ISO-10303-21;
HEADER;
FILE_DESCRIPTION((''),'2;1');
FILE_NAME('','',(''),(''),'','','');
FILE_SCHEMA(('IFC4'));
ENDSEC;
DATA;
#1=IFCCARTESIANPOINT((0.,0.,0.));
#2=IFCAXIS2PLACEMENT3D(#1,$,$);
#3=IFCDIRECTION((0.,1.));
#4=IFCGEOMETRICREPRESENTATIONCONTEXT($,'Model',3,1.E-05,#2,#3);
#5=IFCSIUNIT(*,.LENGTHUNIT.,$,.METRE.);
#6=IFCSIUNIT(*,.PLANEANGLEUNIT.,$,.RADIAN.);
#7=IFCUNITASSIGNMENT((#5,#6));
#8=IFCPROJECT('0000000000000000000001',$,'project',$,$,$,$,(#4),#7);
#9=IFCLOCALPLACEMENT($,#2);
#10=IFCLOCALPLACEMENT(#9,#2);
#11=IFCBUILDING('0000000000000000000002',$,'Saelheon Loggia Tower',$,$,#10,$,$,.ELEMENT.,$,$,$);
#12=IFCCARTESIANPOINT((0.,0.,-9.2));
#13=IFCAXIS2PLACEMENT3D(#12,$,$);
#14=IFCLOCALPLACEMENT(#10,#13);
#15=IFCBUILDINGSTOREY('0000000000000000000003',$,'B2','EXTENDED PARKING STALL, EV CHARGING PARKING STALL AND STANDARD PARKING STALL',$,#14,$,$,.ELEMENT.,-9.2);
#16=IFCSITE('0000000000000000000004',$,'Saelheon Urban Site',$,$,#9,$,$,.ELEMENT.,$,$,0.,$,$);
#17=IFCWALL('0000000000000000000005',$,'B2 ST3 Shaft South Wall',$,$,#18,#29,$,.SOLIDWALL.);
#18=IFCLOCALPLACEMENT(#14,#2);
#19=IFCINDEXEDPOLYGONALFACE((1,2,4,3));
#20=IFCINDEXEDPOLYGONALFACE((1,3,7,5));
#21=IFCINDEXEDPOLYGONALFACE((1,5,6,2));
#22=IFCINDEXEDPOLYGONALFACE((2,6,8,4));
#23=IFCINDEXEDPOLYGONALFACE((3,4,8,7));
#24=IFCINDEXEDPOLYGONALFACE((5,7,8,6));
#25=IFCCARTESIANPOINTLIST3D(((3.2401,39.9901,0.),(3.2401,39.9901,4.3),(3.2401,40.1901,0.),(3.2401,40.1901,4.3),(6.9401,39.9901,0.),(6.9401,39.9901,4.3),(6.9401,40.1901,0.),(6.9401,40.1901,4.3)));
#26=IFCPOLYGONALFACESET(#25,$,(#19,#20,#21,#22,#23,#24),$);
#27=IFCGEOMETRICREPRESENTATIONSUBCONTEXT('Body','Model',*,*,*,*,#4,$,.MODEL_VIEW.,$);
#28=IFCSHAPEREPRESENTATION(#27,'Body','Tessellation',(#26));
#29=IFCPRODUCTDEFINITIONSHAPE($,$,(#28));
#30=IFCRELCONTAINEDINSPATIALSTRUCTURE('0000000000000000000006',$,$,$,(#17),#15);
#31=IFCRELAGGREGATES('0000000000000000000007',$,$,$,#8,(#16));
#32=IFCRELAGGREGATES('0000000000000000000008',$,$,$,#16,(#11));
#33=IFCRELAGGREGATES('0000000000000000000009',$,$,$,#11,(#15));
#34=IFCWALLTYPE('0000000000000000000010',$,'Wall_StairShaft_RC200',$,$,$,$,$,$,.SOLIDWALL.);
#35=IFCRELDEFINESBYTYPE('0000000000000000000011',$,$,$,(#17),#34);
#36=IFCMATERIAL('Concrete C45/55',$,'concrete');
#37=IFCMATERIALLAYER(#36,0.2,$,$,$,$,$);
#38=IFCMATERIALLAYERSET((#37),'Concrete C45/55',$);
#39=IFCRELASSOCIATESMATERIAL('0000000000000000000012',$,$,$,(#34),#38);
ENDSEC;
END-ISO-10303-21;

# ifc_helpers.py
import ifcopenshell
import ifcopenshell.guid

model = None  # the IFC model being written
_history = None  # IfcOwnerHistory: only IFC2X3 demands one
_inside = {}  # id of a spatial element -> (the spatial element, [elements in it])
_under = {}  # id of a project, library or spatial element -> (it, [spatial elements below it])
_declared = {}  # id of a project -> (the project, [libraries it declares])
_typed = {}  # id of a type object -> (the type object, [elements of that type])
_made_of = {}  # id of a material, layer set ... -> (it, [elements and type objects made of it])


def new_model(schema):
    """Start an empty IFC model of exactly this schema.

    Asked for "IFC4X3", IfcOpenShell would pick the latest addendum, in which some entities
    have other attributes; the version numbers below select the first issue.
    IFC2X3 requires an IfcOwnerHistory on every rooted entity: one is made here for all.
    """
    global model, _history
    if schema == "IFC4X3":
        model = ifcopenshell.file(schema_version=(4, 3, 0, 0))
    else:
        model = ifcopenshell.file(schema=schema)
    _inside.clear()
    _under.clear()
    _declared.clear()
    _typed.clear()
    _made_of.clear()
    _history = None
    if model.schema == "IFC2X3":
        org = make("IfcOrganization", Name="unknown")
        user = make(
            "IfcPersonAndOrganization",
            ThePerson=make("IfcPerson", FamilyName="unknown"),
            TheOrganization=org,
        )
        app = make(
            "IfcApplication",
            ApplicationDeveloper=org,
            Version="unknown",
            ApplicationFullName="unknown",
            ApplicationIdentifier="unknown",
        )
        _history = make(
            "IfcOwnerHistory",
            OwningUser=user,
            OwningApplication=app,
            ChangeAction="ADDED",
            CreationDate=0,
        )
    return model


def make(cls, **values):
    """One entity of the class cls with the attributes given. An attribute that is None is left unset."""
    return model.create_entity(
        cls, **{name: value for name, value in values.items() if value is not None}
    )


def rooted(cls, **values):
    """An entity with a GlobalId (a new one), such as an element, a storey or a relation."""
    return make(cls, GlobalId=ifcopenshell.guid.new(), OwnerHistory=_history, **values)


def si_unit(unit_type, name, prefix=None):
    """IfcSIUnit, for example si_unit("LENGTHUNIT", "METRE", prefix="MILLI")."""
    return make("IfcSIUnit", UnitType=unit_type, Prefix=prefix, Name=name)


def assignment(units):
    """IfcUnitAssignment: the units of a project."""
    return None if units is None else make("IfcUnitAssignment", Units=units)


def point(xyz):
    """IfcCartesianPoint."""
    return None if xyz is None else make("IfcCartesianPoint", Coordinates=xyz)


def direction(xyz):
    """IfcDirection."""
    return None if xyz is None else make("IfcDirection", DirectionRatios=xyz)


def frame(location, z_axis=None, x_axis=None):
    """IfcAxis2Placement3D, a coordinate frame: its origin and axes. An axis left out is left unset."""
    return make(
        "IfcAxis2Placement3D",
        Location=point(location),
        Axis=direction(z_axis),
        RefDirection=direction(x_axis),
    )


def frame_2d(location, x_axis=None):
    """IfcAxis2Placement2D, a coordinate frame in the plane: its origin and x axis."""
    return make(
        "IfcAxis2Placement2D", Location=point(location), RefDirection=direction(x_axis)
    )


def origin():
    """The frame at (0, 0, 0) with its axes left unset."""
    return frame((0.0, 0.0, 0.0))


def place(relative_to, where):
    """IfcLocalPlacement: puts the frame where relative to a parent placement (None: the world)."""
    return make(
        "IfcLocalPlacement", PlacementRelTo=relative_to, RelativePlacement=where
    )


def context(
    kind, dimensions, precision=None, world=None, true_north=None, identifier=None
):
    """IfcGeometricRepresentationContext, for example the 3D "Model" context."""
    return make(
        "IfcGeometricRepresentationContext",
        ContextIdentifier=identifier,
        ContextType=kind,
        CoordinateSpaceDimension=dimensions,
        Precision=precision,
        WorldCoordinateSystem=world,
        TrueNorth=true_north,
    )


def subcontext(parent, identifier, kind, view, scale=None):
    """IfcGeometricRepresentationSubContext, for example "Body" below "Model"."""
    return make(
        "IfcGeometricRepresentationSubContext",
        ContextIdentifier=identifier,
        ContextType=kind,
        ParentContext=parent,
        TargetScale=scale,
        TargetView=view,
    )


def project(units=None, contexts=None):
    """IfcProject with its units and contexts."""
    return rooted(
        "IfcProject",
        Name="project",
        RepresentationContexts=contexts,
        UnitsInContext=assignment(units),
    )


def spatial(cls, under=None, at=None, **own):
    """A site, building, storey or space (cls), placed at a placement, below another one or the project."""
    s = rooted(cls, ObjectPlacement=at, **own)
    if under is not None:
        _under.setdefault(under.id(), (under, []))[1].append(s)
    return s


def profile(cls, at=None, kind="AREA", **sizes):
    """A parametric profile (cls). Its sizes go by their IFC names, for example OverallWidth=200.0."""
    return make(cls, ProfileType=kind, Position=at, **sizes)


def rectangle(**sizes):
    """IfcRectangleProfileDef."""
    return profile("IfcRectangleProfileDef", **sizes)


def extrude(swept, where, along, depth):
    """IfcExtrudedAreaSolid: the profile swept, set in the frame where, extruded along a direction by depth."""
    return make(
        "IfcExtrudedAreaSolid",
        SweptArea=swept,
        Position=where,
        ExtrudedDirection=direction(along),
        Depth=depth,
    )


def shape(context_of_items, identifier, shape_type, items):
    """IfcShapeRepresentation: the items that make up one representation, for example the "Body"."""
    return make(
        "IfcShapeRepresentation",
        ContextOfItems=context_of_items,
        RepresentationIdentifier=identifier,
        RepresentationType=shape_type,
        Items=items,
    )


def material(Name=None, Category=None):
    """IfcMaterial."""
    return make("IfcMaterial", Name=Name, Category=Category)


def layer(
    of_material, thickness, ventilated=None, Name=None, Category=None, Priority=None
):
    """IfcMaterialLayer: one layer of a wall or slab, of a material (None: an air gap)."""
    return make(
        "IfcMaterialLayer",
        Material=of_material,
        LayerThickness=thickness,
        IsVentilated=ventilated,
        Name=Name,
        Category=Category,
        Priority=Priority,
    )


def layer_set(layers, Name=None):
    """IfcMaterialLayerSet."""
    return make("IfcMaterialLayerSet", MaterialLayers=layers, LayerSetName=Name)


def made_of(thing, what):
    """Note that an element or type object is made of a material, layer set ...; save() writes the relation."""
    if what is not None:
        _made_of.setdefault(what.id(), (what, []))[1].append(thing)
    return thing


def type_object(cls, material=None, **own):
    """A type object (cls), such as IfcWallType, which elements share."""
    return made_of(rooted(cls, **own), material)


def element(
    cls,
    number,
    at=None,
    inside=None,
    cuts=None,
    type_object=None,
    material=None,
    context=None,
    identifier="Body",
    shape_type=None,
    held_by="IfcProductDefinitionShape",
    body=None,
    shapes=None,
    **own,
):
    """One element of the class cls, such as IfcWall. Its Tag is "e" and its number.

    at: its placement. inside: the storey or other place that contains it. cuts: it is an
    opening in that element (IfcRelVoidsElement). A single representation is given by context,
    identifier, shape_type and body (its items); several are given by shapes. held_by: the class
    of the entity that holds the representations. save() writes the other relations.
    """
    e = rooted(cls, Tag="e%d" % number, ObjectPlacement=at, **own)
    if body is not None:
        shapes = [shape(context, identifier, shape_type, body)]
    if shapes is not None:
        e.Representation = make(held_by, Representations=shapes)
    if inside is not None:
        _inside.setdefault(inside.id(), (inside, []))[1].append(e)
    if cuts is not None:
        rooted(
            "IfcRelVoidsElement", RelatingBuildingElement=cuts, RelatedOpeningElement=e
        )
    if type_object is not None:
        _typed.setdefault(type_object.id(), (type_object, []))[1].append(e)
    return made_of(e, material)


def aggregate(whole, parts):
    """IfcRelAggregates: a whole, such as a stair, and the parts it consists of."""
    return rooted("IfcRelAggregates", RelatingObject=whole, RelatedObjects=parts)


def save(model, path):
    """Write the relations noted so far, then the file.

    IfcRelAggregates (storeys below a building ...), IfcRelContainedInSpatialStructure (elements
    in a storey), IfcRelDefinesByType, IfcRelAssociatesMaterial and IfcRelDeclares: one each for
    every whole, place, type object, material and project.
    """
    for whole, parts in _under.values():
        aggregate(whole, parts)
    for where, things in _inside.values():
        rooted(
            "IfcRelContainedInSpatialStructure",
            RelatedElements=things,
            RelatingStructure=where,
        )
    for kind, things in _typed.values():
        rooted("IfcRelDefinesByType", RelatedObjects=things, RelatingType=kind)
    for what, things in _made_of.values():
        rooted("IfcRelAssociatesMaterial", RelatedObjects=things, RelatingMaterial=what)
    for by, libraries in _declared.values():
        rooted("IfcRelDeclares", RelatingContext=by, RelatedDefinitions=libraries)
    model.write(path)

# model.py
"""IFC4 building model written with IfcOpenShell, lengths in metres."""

from ifc_helpers import new_model, si_unit, direction, frame, frame_2d, origin, place, context, subcontext, project, spatial, rectangle, extrude, material, layer, layer_set, type_object, element, save


model = new_model("IFC4")

# Units and contexts
model_context = context("Model", 3, precision=1e-05, world=origin(), true_north=direction((0.0, 1.0)))
body_context = subcontext(model_context, "Body", "Model", "MODEL_VIEW")
ifc_project = project(units=[si_unit("LENGTHUNIT", "METRE"), si_unit("PLANEANGLEUNIT", "RADIAN")], contexts=[model_context])

# Site, building, storey
site_placement = place(None, origin())
site = spatial("IfcSite", under=ifc_project, at=site_placement, Name="Saelheon Urban Site", CompositionType="ELEMENT", RefElevation=0.0)
building_placement = place(site_placement, origin())
building = spatial("IfcBuilding", under=site, at=building_placement, Name="Saelheon Loggia Tower", CompositionType="ELEMENT")
storey_placement = place(building_placement, frame((0.0, 0.0, -9.2)))
storey = spatial("IfcBuildingStorey", under=building, at=storey_placement, Name="B2", Description="EXTENDED PARKING STALL, EV CHARGING PARKING STALL AND STANDARD PARKING STALL", CompositionType="ELEMENT", Elevation=-9.2)

# Shared definitions
ifc_material_1 = material(Name="Concrete C45/55", Category="concrete")

# Wall
ifc_layer = layer(ifc_material_1, 0.2)
ifc_layer_set = layer_set([ifc_layer], Name="Concrete C45/55")
wall_type = type_object("IfcWallType", Name="Wall_StairShaft_RC200", PredefinedType="SOLIDWALL", material=ifc_layer_set)
wall_1_placement = place(storey_placement, frame((3.24, 40.0901, 0.0), z_axis=(0.0, 0.0, 1.0), x_axis=(1.0, 0.0, 0.0)))
element("IfcWall", 1, at=wall_1_placement, inside=storey, type_object=wall_type, Name="B2 ST3 Shaft South Wall", PredefinedType="SOLIDWALL", context=body_context, shape_type="SweptSolid", body=[
    extrude(rectangle(XDim=3.7, YDim=0.2, at=frame_2d((1.8501, 0.0))), origin(), (0.0, 0.0, 1.0), 4.3),
])

save(model, "model.ifc")
